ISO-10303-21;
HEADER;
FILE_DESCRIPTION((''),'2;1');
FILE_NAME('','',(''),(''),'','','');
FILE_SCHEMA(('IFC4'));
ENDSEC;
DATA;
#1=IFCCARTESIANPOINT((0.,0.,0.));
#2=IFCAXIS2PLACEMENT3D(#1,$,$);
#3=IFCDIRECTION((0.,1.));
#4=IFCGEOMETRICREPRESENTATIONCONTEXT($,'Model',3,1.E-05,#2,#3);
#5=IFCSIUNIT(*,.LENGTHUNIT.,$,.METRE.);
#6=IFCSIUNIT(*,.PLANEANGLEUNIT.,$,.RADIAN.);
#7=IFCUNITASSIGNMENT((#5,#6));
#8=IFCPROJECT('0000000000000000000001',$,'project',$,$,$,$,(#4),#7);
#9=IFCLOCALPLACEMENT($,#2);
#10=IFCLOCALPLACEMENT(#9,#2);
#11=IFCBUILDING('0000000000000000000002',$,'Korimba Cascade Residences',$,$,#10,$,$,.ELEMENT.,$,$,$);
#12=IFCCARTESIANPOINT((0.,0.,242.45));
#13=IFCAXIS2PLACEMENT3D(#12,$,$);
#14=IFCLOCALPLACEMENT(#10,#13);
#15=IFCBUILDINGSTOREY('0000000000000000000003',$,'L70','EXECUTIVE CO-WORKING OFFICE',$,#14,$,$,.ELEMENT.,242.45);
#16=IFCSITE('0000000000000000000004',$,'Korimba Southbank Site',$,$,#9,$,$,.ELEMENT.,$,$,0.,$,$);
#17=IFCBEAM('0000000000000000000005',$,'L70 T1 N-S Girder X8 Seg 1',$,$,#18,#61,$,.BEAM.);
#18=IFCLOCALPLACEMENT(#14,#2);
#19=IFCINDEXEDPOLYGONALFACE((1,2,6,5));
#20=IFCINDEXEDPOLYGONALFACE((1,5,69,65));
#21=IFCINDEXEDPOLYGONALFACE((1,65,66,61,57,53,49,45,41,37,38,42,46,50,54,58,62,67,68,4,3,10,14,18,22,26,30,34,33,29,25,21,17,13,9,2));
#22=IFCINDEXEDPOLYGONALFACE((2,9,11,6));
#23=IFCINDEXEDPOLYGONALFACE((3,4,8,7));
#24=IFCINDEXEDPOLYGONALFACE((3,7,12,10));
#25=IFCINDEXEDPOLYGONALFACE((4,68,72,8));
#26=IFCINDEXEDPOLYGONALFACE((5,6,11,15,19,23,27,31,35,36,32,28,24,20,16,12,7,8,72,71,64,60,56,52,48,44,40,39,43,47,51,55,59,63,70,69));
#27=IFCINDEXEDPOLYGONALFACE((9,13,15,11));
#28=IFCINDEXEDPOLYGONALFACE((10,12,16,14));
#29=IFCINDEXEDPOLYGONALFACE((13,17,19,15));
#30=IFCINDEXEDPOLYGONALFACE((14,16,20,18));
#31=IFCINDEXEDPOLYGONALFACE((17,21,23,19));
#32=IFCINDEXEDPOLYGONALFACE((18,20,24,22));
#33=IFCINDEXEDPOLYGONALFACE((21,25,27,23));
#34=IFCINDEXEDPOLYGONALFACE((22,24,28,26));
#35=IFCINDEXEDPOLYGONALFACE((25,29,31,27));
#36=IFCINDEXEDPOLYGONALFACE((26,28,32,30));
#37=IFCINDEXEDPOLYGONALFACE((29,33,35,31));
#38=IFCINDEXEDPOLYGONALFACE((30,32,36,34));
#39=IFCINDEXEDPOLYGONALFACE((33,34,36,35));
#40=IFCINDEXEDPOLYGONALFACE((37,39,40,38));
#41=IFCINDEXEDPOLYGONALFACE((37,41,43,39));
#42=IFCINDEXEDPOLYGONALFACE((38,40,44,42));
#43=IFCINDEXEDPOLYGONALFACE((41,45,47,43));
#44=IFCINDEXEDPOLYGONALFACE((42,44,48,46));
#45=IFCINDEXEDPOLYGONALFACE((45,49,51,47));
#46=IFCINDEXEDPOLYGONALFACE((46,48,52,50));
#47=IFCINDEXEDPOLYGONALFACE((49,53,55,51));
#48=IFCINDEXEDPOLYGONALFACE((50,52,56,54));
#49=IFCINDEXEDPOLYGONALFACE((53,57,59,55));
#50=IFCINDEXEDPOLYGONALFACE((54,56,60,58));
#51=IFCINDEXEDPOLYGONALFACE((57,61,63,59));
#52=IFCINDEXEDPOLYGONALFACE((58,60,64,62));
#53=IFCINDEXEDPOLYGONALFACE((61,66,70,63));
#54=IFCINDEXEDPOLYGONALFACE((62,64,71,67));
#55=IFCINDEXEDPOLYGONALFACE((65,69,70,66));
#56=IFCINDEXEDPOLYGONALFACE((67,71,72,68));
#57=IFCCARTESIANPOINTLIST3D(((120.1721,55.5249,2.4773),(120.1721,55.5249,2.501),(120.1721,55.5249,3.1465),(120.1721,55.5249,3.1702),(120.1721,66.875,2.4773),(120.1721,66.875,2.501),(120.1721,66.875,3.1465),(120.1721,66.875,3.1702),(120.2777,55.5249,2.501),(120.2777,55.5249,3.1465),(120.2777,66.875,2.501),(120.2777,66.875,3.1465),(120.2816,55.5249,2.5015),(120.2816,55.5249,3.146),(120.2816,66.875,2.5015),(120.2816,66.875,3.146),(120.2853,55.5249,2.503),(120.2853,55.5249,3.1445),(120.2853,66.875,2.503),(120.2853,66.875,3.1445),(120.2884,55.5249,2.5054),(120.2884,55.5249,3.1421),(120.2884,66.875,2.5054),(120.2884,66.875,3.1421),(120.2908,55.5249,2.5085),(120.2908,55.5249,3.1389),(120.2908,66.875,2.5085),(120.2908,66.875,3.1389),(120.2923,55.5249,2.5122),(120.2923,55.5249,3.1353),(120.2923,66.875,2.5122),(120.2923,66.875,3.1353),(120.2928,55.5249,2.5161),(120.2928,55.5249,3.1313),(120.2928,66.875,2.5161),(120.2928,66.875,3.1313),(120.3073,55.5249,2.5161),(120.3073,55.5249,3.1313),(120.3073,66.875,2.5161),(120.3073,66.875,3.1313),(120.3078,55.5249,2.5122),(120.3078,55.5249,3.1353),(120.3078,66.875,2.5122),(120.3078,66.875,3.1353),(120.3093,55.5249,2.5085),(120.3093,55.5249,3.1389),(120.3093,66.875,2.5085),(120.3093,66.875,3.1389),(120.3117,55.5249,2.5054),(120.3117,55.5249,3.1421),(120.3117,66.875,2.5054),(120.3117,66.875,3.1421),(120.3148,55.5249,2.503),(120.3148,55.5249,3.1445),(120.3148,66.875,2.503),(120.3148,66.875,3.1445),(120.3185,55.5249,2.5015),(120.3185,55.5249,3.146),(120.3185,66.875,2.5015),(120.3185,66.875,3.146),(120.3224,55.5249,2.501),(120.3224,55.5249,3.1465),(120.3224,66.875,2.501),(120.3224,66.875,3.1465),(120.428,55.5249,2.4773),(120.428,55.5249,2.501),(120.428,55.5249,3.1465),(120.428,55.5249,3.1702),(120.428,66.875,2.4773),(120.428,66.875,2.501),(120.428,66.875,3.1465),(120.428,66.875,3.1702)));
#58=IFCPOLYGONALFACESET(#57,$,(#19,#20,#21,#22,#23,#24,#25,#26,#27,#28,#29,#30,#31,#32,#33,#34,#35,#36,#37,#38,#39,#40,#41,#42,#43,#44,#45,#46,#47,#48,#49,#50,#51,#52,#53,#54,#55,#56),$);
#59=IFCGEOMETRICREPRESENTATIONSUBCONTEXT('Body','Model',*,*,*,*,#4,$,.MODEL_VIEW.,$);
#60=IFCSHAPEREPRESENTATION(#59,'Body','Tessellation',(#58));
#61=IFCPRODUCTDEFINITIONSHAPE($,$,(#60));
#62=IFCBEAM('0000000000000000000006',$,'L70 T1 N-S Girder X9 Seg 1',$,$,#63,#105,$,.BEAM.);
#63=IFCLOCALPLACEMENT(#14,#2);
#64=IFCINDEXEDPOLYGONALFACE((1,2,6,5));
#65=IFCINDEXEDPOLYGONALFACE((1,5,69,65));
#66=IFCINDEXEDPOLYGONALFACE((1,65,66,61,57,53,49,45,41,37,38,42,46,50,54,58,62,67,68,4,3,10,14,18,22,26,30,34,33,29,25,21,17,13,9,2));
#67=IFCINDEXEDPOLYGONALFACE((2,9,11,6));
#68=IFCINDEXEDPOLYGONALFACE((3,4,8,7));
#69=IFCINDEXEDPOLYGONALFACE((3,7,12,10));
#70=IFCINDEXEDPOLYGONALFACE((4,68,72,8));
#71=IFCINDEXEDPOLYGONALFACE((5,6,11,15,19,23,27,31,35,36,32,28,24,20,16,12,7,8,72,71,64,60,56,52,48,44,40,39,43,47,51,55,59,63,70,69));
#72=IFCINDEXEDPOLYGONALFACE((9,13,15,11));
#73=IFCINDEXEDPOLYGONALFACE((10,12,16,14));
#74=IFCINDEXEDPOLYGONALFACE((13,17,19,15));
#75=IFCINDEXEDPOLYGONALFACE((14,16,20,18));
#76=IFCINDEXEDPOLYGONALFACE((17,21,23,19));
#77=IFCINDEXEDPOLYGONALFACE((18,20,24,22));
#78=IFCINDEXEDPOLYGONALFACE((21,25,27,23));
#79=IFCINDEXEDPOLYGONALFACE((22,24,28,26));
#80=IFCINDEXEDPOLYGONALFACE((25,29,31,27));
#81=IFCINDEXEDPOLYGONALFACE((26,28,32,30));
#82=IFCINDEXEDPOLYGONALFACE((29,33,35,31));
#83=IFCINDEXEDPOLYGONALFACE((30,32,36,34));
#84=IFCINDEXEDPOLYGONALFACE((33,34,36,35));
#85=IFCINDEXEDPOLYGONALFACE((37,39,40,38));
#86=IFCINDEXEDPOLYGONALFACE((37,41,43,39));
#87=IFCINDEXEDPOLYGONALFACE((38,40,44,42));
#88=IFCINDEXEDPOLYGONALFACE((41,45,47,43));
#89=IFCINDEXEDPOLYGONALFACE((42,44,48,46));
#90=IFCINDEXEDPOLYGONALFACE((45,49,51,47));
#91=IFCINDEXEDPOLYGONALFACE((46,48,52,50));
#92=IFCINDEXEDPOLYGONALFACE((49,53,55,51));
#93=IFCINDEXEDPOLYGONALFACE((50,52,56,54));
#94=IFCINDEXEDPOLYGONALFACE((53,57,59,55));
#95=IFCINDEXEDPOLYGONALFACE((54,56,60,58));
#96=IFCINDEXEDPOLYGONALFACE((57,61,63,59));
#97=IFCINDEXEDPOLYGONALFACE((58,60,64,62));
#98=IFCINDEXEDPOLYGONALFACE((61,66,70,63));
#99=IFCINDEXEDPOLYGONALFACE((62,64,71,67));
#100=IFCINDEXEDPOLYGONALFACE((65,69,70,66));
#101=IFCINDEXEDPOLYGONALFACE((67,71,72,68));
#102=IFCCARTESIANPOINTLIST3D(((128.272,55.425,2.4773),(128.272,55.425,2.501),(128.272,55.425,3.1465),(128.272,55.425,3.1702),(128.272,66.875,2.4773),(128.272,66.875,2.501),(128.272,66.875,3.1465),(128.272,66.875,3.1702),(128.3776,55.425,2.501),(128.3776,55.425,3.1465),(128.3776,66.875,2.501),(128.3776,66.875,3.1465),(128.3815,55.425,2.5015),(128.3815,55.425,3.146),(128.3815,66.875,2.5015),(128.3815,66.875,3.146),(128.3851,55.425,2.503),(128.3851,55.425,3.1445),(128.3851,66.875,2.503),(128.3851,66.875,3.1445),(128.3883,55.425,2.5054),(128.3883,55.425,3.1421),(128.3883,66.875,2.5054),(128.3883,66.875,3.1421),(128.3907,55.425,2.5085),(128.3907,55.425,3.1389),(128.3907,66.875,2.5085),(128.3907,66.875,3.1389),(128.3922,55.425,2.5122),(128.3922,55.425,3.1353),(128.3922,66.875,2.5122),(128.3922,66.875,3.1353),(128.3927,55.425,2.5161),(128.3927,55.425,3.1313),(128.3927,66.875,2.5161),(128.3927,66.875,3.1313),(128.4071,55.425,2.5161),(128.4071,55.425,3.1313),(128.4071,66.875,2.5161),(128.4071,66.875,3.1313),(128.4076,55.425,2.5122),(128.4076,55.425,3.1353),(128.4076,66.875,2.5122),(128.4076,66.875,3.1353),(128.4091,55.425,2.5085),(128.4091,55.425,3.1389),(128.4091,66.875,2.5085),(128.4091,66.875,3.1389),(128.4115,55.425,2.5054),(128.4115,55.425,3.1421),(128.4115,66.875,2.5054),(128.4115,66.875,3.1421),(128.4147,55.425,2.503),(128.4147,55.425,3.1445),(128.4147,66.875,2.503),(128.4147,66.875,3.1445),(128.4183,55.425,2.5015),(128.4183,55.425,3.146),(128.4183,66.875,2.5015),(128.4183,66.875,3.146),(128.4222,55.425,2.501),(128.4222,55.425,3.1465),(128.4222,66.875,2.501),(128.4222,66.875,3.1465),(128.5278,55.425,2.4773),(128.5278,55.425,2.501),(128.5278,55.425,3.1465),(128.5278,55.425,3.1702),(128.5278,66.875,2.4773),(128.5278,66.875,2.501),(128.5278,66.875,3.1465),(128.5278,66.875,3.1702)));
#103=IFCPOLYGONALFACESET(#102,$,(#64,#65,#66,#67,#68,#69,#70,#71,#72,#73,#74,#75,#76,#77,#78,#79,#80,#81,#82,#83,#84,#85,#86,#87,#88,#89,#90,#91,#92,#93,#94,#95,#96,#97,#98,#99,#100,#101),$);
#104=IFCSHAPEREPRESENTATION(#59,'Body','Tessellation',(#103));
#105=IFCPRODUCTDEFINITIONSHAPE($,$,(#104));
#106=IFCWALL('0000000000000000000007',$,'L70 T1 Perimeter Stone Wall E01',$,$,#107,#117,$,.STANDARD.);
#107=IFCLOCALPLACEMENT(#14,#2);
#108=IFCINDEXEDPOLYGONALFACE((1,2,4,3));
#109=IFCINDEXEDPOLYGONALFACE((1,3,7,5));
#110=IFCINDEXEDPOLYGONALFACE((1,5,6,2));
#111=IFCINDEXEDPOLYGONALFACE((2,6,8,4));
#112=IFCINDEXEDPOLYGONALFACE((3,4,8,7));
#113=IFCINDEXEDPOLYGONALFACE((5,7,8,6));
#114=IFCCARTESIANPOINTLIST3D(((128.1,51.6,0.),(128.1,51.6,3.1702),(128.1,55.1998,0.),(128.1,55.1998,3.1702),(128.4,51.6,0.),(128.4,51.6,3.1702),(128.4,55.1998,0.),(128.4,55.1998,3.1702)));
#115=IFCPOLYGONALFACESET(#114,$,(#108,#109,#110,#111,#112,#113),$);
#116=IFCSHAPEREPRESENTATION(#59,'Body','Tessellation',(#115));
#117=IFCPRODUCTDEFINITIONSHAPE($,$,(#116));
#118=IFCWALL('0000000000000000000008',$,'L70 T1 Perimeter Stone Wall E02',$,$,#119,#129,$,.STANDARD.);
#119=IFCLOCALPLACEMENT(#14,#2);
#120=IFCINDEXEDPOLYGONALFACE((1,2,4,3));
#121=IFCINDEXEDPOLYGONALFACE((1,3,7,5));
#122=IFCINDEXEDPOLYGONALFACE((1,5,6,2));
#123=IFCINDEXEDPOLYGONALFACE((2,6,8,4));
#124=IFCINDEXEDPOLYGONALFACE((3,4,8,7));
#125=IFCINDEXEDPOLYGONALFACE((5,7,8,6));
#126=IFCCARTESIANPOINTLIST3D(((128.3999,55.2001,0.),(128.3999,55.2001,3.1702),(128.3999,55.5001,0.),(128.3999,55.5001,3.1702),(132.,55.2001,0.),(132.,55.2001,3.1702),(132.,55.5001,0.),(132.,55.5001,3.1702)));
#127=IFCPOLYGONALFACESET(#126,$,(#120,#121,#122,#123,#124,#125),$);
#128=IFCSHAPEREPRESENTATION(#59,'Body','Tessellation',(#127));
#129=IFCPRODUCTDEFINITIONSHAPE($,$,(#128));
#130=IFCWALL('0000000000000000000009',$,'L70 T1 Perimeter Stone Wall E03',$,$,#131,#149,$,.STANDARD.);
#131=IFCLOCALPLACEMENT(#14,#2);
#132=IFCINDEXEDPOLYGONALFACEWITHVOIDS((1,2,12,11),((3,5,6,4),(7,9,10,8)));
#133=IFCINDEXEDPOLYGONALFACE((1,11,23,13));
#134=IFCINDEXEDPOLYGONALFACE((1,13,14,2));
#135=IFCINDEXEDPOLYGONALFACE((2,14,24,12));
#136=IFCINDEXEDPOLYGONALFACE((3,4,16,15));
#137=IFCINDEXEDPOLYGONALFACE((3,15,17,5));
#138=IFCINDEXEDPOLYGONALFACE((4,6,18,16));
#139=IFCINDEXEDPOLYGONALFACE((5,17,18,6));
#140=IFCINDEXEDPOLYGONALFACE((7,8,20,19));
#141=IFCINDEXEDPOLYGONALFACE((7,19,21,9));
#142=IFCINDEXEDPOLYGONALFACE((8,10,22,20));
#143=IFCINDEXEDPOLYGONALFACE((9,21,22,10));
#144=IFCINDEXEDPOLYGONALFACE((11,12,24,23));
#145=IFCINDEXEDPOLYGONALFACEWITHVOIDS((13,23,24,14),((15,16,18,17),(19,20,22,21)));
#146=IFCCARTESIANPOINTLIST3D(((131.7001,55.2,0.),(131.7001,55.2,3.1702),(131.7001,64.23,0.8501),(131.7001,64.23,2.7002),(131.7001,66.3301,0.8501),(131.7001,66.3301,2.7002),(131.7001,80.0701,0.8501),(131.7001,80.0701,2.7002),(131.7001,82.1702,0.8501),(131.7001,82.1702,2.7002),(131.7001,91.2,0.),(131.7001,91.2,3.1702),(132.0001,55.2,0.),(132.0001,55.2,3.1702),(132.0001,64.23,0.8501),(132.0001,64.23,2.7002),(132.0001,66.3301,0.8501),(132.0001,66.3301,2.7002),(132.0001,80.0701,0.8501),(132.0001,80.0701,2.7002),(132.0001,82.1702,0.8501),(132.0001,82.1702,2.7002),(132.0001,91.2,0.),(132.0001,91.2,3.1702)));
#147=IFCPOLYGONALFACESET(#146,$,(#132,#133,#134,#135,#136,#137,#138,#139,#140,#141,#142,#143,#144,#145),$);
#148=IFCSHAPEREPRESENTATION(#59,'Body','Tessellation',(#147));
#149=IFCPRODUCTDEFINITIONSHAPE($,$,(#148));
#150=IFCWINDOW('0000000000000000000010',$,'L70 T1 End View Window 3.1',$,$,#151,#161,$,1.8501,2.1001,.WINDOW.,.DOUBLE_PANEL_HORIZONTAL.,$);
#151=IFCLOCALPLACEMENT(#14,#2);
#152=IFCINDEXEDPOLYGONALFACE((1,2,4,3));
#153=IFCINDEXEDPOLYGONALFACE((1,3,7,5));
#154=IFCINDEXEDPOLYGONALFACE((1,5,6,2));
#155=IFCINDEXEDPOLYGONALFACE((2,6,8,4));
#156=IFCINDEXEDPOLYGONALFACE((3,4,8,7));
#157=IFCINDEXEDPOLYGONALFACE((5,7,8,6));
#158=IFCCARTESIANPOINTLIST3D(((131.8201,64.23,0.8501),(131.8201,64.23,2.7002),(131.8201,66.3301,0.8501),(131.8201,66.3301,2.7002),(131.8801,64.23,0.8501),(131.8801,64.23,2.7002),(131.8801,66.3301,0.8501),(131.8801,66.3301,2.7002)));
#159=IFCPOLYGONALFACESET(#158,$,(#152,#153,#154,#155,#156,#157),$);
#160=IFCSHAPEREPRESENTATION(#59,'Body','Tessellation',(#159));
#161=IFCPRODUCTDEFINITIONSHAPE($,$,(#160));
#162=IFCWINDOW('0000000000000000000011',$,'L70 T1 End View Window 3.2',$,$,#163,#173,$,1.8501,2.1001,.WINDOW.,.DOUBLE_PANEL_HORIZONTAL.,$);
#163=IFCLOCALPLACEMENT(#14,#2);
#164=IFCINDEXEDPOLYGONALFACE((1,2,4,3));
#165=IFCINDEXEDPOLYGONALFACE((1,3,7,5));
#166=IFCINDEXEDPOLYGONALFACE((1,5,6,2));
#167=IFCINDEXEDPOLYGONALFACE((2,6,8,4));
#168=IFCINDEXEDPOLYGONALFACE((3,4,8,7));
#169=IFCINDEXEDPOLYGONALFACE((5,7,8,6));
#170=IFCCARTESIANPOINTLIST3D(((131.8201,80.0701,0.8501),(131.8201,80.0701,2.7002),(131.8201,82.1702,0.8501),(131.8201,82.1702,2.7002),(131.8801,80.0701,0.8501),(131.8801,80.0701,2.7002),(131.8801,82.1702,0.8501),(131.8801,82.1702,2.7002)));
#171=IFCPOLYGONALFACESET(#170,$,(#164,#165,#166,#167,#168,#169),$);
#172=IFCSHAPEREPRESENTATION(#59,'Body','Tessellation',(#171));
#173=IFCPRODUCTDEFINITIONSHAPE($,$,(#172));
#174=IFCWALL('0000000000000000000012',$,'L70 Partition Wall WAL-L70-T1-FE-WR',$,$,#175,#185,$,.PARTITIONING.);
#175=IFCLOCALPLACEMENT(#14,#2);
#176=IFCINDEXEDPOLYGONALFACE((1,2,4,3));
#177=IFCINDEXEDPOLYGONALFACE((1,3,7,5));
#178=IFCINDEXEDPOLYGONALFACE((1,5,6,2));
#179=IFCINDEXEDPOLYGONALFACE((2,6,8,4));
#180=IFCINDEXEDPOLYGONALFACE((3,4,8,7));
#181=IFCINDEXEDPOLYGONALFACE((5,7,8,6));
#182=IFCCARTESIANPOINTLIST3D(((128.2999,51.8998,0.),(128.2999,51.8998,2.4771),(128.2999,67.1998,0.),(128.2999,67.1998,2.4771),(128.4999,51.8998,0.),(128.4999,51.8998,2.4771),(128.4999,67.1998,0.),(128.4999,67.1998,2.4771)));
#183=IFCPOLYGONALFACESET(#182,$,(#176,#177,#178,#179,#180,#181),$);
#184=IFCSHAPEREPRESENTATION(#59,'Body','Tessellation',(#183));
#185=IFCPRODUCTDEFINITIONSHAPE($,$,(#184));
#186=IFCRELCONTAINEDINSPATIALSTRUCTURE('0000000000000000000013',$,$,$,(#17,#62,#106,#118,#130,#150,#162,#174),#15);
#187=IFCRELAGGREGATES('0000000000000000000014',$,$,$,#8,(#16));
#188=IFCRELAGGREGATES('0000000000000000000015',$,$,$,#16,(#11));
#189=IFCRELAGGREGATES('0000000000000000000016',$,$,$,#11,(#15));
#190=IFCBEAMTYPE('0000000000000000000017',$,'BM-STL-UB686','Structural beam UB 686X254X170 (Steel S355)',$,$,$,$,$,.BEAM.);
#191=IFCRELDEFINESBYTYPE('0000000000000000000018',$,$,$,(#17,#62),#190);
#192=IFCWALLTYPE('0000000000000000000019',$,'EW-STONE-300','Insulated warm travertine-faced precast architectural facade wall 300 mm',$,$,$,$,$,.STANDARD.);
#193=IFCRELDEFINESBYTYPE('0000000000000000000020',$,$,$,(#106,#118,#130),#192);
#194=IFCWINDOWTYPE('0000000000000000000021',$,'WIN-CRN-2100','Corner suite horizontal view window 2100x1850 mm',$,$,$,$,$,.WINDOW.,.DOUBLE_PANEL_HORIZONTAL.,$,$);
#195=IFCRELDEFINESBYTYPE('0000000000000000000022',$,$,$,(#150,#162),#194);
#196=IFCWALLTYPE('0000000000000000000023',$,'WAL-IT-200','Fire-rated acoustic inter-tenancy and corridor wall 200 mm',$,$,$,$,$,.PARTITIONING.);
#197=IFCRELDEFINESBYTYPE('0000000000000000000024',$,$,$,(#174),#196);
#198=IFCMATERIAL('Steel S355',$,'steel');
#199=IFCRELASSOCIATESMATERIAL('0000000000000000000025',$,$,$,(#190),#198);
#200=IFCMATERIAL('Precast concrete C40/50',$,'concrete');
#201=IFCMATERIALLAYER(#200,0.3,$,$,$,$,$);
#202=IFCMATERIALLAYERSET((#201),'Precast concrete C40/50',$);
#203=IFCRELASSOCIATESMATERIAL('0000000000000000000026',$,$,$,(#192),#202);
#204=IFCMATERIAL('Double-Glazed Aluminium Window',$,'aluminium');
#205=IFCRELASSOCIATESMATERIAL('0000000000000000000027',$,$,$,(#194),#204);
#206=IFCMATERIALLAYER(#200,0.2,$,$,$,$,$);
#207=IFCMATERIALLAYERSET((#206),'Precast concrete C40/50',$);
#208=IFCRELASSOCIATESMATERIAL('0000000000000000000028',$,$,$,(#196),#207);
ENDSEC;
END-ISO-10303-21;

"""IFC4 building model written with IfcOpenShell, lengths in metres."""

from ifc_helpers import new_model, si_unit, direction, frame, frame_2d, origin, origin_2d, place, context, subcontext, project, spatial, rectangle, i_section, extrude, material, layer, layer_set, material_profile, profile_set, type_object, element, fill, save


model = new_model("IFC4")

# Units and contexts
model_context = context("Model", 3, precision=1e-05, world=origin(), true_north=direction((0.0, 1.0)))
body_context = subcontext(model_context, "Body", "Model", "MODEL_VIEW")
ifc_project = project(units=[si_unit("LENGTHUNIT", "METRE"), si_unit("PLANEANGLEUNIT", "RADIAN")], contexts=[model_context])

# Site, building, storey
site_placement = place(None, origin())
site = spatial("IfcSite", under=ifc_project, at=site_placement, Name="Korimba Southbank Site", CompositionType="ELEMENT", RefElevation=0.0)
building_placement = place(site_placement, origin())
building = spatial("IfcBuilding", under=site, at=building_placement, Name="Korimba Cascade Residences", CompositionType="ELEMENT")
storey_placement = place(building_placement, frame((0.0, 0.0, 242.45)))
storey = spatial("IfcBuildingStorey", under=building, at=storey_placement, Name="L70", Description="EXECUTIVE CO-WORKING OFFICE", CompositionType="ELEMENT", Elevation=242.45)

# Beams
ifc_material_1 = material(Name="Steel S355", Category="steel")
ifc_material_profile_1 = material_profile(ifc_material_1, i_section(OverallWidth=0.2559, OverallDepth=0.6929, WebThickness=0.0144, FlangeThickness=0.0237, FilletRadius=0.0151, at=origin_2d()), Name="Steel S355")
ifc_profile_set_1 = profile_set([ifc_material_profile_1], Name="Steel S355")
beam_type_1 = type_object("IfcBeamType", Name="BM-STL-UB686", Description="Structural beam UB 686X254X170 (Steel S355)", PredefinedType="BEAM", material=ifc_profile_set_1)
beam_1_placement = place(storey_placement, frame((120.3, 55.5249, 2.8237), z_axis=(0.0, 1.0, 0.0), x_axis=(-1.0, 0.0, 0.0)))
element("IfcBeam", 1, at=beam_1_placement, inside=storey, type_object=beam_type_1, Name="L70 T1 N-S Girder X8 Seg 1", PredefinedType="BEAM", context=body_context, shape_type="SweptSolid", body=[
    extrude(i_section(OverallWidth=0.2559, OverallDepth=0.6929, WebThickness=0.0144, FlangeThickness=0.0237, FilletRadius=0.0151, at=origin_2d()), origin(), (0.0, 0.0, 1.0), 11.3501),
])
beam_2_placement = place(storey_placement, frame((128.3999, 55.425, 2.8237), z_axis=(0.0, 1.0, 0.0), x_axis=(-1.0, 0.0, 0.0)))
element("IfcBeam", 2, at=beam_2_placement, inside=storey, type_object=beam_type_1, Name="L70 T1 N-S Girder X9 Seg 1", PredefinedType="BEAM", context=body_context, shape_type="SweptSolid", body=[
    extrude(i_section(OverallWidth=0.2559, OverallDepth=0.6929, WebThickness=0.0144, FlangeThickness=0.0237, FilletRadius=0.0151, at=origin_2d()), origin(), (0.0, 0.0, 1.0), 11.45),
])

# Walls
ifc_material_2 = material(Name="Precast concrete C40/50", Category="concrete")
ifc_layer_1 = layer(ifc_material_2, 0.3)
ifc_layer_set_1 = layer_set([ifc_layer_1], Name="Precast concrete C40/50")
wall_type_1 = type_object("IfcWallType", Name="EW-STONE-300", Description="Insulated warm travertine-faced precast architectural facade wall 300 mm", PredefinedType="STANDARD", material=ifc_layer_set_1)
wall_1_placement = place(storey_placement, frame((128.25, 51.6001, 0.0), z_axis=(0.0, 0.0, 1.0), x_axis=(0.0, 1.0, 0.0)))
element("IfcWall", 3, at=wall_1_placement, inside=storey, type_object=wall_type_1, Name="L70 T1 Perimeter Stone Wall E01", PredefinedType="STANDARD", context=body_context, shape_type="SweptSolid", body=[
    extrude(rectangle(XDim=3.5999, YDim=0.3, at=frame_2d((1.7998, 0.0))), origin(), (0.0, 0.0, 1.0), 3.1702),
])
wall_2_placement = place(storey_placement, frame((128.3999, 55.3501, 0.0), z_axis=(0.0, 0.0, 1.0), x_axis=(1.0, 0.0, 0.0)))
element("IfcWall", 4, at=wall_2_placement, inside=storey, type_object=wall_type_1, Name="L70 T1 Perimeter Stone Wall E02", PredefinedType="STANDARD", context=body_context, shape_type="SweptSolid", body=[
    extrude(rectangle(XDim=3.6001, YDim=0.3, at=frame_2d((1.8, 0.0))), origin(), (0.0, 0.0, 1.0), 3.1702),
])

# Wall, openings, windows
wall_3_placement = place(storey_placement, frame((131.8501, 55.2, 0.0), z_axis=(0.0, 0.0, 1.0), x_axis=(0.0, 1.0, 0.0)))
wall_3 = element("IfcWall", 5, at=wall_3_placement, inside=storey, type_object=wall_type_1, Name="L70 T1 Perimeter Stone Wall E03", PredefinedType="STANDARD", context=body_context, shape_type="SweptSolid", body=[
    extrude(rectangle(XDim=36.0, YDim=0.3, at=frame_2d((18.0, 0.0))), origin(), (0.0, 0.0, 1.0), 3.1702),
])
opening_1_placement = place(wall_3_placement, frame((9.03, 0.0, 0.8501)))
opening_1 = element("IfcOpeningElement", 6, at=opening_1_placement, cuts=wall_3, PredefinedType="OPENING", context=body_context, shape_type="SweptSolid", body=[
    extrude(rectangle(XDim=2.1001, YDim=1.8501, at=frame_2d((1.05, 0.925))), frame((0.0, 0.1602, 0.0), z_axis=(0.0, -1.0, 0.0), x_axis=(1.0, 0.0, 0.0)), (0.0, 0.0, 1.0), 0.3201),
])
opening_2_placement = place(wall_3_placement, frame((24.8701, 0.0, 0.8501)))
opening_2 = element("IfcOpeningElement", 7, at=opening_2_placement, cuts=wall_3, PredefinedType="OPENING", context=body_context, shape_type="SweptSolid", body=[
    extrude(rectangle(XDim=2.1001, YDim=1.8501, at=frame_2d((1.05, 0.925))), frame((0.0, 0.1602, 0.0), z_axis=(0.0, -1.0, 0.0), x_axis=(1.0, 0.0, 0.0)), (0.0, 0.0, 1.0), 0.3201),
])
ifc_material_3 = material(Name="Double-Glazed Aluminium Window", Category="aluminium")
window_type = type_object("IfcWindowType", Name="WIN-CRN-2100", Description="Corner suite horizontal view window 2100x1850 mm", PartitioningType="DOUBLE_PANEL_HORIZONTAL", PredefinedType="WINDOW", material=ifc_material_3)
window_1_placement = place(opening_1_placement, origin())
window_1 = element("IfcWindow", 8, at=window_1_placement, inside=storey, type_object=window_type, Name="L70 T1 End View Window 3.1", OverallHeight=1.8501, OverallWidth=2.1001, PartitioningType="DOUBLE_PANEL_HORIZONTAL", PredefinedType="WINDOW", context=body_context, shape_type="SweptSolid", body=[
    extrude(rectangle(XDim=2.1001, YDim=1.8501, at=frame_2d((1.05, 0.925))), frame((0.0, 0.03, 0.0), z_axis=(0.0, -1.0, 0.0), x_axis=(1.0, 0.0, 0.0)), (0.0, 0.0, 1.0), 0.0601),
])
fill(opening_1, window_1)
window_2_placement = place(opening_2_placement, origin())
window_2 = element("IfcWindow", 9, at=window_2_placement, inside=storey, type_object=window_type, Name="L70 T1 End View Window 3.2", OverallHeight=1.8501, OverallWidth=2.1001, PartitioningType="DOUBLE_PANEL_HORIZONTAL", PredefinedType="WINDOW", context=body_context, shape_type="SweptSolid", body=[
    extrude(rectangle(XDim=2.1001, YDim=1.8501, at=frame_2d((1.05, 0.925))), frame((0.0, 0.03, 0.0), z_axis=(0.0, -1.0, 0.0), x_axis=(1.0, 0.0, 0.0)), (0.0, 0.0, 1.0), 0.0601),
])
fill(opening_2, window_2)

# Wall
ifc_layer_2 = layer(ifc_material_2, 0.2)
ifc_layer_set_2 = layer_set([ifc_layer_2], Name="Precast concrete C40/50")
wall_type_2 = type_object("IfcWallType", Name="WAL-IT-200", Description="Fire-rated acoustic inter-tenancy and corridor wall 200 mm", PredefinedType="PARTITIONING", material=ifc_layer_set_2)
wall_4_placement = place(storey_placement, frame((128.3999, 51.8999, 0.0), z_axis=(0.0, 0.0, 1.0), x_axis=(0.0, 1.0, 0.0)))
element("IfcWall", 10, at=wall_4_placement, inside=storey, type_object=wall_type_2, Name="L70 Partition Wall WAL-L70-T1-FE-WR", PredefinedType="PARTITIONING", context=body_context, shape_type="SweptSolid", body=[
    extrude(rectangle(XDim=15.3, YDim=0.2, at=frame_2d((7.6499, 0.0))), origin(), (0.0, 0.0, 1.0), 2.4771),
])

save(model, "model.ifc")
